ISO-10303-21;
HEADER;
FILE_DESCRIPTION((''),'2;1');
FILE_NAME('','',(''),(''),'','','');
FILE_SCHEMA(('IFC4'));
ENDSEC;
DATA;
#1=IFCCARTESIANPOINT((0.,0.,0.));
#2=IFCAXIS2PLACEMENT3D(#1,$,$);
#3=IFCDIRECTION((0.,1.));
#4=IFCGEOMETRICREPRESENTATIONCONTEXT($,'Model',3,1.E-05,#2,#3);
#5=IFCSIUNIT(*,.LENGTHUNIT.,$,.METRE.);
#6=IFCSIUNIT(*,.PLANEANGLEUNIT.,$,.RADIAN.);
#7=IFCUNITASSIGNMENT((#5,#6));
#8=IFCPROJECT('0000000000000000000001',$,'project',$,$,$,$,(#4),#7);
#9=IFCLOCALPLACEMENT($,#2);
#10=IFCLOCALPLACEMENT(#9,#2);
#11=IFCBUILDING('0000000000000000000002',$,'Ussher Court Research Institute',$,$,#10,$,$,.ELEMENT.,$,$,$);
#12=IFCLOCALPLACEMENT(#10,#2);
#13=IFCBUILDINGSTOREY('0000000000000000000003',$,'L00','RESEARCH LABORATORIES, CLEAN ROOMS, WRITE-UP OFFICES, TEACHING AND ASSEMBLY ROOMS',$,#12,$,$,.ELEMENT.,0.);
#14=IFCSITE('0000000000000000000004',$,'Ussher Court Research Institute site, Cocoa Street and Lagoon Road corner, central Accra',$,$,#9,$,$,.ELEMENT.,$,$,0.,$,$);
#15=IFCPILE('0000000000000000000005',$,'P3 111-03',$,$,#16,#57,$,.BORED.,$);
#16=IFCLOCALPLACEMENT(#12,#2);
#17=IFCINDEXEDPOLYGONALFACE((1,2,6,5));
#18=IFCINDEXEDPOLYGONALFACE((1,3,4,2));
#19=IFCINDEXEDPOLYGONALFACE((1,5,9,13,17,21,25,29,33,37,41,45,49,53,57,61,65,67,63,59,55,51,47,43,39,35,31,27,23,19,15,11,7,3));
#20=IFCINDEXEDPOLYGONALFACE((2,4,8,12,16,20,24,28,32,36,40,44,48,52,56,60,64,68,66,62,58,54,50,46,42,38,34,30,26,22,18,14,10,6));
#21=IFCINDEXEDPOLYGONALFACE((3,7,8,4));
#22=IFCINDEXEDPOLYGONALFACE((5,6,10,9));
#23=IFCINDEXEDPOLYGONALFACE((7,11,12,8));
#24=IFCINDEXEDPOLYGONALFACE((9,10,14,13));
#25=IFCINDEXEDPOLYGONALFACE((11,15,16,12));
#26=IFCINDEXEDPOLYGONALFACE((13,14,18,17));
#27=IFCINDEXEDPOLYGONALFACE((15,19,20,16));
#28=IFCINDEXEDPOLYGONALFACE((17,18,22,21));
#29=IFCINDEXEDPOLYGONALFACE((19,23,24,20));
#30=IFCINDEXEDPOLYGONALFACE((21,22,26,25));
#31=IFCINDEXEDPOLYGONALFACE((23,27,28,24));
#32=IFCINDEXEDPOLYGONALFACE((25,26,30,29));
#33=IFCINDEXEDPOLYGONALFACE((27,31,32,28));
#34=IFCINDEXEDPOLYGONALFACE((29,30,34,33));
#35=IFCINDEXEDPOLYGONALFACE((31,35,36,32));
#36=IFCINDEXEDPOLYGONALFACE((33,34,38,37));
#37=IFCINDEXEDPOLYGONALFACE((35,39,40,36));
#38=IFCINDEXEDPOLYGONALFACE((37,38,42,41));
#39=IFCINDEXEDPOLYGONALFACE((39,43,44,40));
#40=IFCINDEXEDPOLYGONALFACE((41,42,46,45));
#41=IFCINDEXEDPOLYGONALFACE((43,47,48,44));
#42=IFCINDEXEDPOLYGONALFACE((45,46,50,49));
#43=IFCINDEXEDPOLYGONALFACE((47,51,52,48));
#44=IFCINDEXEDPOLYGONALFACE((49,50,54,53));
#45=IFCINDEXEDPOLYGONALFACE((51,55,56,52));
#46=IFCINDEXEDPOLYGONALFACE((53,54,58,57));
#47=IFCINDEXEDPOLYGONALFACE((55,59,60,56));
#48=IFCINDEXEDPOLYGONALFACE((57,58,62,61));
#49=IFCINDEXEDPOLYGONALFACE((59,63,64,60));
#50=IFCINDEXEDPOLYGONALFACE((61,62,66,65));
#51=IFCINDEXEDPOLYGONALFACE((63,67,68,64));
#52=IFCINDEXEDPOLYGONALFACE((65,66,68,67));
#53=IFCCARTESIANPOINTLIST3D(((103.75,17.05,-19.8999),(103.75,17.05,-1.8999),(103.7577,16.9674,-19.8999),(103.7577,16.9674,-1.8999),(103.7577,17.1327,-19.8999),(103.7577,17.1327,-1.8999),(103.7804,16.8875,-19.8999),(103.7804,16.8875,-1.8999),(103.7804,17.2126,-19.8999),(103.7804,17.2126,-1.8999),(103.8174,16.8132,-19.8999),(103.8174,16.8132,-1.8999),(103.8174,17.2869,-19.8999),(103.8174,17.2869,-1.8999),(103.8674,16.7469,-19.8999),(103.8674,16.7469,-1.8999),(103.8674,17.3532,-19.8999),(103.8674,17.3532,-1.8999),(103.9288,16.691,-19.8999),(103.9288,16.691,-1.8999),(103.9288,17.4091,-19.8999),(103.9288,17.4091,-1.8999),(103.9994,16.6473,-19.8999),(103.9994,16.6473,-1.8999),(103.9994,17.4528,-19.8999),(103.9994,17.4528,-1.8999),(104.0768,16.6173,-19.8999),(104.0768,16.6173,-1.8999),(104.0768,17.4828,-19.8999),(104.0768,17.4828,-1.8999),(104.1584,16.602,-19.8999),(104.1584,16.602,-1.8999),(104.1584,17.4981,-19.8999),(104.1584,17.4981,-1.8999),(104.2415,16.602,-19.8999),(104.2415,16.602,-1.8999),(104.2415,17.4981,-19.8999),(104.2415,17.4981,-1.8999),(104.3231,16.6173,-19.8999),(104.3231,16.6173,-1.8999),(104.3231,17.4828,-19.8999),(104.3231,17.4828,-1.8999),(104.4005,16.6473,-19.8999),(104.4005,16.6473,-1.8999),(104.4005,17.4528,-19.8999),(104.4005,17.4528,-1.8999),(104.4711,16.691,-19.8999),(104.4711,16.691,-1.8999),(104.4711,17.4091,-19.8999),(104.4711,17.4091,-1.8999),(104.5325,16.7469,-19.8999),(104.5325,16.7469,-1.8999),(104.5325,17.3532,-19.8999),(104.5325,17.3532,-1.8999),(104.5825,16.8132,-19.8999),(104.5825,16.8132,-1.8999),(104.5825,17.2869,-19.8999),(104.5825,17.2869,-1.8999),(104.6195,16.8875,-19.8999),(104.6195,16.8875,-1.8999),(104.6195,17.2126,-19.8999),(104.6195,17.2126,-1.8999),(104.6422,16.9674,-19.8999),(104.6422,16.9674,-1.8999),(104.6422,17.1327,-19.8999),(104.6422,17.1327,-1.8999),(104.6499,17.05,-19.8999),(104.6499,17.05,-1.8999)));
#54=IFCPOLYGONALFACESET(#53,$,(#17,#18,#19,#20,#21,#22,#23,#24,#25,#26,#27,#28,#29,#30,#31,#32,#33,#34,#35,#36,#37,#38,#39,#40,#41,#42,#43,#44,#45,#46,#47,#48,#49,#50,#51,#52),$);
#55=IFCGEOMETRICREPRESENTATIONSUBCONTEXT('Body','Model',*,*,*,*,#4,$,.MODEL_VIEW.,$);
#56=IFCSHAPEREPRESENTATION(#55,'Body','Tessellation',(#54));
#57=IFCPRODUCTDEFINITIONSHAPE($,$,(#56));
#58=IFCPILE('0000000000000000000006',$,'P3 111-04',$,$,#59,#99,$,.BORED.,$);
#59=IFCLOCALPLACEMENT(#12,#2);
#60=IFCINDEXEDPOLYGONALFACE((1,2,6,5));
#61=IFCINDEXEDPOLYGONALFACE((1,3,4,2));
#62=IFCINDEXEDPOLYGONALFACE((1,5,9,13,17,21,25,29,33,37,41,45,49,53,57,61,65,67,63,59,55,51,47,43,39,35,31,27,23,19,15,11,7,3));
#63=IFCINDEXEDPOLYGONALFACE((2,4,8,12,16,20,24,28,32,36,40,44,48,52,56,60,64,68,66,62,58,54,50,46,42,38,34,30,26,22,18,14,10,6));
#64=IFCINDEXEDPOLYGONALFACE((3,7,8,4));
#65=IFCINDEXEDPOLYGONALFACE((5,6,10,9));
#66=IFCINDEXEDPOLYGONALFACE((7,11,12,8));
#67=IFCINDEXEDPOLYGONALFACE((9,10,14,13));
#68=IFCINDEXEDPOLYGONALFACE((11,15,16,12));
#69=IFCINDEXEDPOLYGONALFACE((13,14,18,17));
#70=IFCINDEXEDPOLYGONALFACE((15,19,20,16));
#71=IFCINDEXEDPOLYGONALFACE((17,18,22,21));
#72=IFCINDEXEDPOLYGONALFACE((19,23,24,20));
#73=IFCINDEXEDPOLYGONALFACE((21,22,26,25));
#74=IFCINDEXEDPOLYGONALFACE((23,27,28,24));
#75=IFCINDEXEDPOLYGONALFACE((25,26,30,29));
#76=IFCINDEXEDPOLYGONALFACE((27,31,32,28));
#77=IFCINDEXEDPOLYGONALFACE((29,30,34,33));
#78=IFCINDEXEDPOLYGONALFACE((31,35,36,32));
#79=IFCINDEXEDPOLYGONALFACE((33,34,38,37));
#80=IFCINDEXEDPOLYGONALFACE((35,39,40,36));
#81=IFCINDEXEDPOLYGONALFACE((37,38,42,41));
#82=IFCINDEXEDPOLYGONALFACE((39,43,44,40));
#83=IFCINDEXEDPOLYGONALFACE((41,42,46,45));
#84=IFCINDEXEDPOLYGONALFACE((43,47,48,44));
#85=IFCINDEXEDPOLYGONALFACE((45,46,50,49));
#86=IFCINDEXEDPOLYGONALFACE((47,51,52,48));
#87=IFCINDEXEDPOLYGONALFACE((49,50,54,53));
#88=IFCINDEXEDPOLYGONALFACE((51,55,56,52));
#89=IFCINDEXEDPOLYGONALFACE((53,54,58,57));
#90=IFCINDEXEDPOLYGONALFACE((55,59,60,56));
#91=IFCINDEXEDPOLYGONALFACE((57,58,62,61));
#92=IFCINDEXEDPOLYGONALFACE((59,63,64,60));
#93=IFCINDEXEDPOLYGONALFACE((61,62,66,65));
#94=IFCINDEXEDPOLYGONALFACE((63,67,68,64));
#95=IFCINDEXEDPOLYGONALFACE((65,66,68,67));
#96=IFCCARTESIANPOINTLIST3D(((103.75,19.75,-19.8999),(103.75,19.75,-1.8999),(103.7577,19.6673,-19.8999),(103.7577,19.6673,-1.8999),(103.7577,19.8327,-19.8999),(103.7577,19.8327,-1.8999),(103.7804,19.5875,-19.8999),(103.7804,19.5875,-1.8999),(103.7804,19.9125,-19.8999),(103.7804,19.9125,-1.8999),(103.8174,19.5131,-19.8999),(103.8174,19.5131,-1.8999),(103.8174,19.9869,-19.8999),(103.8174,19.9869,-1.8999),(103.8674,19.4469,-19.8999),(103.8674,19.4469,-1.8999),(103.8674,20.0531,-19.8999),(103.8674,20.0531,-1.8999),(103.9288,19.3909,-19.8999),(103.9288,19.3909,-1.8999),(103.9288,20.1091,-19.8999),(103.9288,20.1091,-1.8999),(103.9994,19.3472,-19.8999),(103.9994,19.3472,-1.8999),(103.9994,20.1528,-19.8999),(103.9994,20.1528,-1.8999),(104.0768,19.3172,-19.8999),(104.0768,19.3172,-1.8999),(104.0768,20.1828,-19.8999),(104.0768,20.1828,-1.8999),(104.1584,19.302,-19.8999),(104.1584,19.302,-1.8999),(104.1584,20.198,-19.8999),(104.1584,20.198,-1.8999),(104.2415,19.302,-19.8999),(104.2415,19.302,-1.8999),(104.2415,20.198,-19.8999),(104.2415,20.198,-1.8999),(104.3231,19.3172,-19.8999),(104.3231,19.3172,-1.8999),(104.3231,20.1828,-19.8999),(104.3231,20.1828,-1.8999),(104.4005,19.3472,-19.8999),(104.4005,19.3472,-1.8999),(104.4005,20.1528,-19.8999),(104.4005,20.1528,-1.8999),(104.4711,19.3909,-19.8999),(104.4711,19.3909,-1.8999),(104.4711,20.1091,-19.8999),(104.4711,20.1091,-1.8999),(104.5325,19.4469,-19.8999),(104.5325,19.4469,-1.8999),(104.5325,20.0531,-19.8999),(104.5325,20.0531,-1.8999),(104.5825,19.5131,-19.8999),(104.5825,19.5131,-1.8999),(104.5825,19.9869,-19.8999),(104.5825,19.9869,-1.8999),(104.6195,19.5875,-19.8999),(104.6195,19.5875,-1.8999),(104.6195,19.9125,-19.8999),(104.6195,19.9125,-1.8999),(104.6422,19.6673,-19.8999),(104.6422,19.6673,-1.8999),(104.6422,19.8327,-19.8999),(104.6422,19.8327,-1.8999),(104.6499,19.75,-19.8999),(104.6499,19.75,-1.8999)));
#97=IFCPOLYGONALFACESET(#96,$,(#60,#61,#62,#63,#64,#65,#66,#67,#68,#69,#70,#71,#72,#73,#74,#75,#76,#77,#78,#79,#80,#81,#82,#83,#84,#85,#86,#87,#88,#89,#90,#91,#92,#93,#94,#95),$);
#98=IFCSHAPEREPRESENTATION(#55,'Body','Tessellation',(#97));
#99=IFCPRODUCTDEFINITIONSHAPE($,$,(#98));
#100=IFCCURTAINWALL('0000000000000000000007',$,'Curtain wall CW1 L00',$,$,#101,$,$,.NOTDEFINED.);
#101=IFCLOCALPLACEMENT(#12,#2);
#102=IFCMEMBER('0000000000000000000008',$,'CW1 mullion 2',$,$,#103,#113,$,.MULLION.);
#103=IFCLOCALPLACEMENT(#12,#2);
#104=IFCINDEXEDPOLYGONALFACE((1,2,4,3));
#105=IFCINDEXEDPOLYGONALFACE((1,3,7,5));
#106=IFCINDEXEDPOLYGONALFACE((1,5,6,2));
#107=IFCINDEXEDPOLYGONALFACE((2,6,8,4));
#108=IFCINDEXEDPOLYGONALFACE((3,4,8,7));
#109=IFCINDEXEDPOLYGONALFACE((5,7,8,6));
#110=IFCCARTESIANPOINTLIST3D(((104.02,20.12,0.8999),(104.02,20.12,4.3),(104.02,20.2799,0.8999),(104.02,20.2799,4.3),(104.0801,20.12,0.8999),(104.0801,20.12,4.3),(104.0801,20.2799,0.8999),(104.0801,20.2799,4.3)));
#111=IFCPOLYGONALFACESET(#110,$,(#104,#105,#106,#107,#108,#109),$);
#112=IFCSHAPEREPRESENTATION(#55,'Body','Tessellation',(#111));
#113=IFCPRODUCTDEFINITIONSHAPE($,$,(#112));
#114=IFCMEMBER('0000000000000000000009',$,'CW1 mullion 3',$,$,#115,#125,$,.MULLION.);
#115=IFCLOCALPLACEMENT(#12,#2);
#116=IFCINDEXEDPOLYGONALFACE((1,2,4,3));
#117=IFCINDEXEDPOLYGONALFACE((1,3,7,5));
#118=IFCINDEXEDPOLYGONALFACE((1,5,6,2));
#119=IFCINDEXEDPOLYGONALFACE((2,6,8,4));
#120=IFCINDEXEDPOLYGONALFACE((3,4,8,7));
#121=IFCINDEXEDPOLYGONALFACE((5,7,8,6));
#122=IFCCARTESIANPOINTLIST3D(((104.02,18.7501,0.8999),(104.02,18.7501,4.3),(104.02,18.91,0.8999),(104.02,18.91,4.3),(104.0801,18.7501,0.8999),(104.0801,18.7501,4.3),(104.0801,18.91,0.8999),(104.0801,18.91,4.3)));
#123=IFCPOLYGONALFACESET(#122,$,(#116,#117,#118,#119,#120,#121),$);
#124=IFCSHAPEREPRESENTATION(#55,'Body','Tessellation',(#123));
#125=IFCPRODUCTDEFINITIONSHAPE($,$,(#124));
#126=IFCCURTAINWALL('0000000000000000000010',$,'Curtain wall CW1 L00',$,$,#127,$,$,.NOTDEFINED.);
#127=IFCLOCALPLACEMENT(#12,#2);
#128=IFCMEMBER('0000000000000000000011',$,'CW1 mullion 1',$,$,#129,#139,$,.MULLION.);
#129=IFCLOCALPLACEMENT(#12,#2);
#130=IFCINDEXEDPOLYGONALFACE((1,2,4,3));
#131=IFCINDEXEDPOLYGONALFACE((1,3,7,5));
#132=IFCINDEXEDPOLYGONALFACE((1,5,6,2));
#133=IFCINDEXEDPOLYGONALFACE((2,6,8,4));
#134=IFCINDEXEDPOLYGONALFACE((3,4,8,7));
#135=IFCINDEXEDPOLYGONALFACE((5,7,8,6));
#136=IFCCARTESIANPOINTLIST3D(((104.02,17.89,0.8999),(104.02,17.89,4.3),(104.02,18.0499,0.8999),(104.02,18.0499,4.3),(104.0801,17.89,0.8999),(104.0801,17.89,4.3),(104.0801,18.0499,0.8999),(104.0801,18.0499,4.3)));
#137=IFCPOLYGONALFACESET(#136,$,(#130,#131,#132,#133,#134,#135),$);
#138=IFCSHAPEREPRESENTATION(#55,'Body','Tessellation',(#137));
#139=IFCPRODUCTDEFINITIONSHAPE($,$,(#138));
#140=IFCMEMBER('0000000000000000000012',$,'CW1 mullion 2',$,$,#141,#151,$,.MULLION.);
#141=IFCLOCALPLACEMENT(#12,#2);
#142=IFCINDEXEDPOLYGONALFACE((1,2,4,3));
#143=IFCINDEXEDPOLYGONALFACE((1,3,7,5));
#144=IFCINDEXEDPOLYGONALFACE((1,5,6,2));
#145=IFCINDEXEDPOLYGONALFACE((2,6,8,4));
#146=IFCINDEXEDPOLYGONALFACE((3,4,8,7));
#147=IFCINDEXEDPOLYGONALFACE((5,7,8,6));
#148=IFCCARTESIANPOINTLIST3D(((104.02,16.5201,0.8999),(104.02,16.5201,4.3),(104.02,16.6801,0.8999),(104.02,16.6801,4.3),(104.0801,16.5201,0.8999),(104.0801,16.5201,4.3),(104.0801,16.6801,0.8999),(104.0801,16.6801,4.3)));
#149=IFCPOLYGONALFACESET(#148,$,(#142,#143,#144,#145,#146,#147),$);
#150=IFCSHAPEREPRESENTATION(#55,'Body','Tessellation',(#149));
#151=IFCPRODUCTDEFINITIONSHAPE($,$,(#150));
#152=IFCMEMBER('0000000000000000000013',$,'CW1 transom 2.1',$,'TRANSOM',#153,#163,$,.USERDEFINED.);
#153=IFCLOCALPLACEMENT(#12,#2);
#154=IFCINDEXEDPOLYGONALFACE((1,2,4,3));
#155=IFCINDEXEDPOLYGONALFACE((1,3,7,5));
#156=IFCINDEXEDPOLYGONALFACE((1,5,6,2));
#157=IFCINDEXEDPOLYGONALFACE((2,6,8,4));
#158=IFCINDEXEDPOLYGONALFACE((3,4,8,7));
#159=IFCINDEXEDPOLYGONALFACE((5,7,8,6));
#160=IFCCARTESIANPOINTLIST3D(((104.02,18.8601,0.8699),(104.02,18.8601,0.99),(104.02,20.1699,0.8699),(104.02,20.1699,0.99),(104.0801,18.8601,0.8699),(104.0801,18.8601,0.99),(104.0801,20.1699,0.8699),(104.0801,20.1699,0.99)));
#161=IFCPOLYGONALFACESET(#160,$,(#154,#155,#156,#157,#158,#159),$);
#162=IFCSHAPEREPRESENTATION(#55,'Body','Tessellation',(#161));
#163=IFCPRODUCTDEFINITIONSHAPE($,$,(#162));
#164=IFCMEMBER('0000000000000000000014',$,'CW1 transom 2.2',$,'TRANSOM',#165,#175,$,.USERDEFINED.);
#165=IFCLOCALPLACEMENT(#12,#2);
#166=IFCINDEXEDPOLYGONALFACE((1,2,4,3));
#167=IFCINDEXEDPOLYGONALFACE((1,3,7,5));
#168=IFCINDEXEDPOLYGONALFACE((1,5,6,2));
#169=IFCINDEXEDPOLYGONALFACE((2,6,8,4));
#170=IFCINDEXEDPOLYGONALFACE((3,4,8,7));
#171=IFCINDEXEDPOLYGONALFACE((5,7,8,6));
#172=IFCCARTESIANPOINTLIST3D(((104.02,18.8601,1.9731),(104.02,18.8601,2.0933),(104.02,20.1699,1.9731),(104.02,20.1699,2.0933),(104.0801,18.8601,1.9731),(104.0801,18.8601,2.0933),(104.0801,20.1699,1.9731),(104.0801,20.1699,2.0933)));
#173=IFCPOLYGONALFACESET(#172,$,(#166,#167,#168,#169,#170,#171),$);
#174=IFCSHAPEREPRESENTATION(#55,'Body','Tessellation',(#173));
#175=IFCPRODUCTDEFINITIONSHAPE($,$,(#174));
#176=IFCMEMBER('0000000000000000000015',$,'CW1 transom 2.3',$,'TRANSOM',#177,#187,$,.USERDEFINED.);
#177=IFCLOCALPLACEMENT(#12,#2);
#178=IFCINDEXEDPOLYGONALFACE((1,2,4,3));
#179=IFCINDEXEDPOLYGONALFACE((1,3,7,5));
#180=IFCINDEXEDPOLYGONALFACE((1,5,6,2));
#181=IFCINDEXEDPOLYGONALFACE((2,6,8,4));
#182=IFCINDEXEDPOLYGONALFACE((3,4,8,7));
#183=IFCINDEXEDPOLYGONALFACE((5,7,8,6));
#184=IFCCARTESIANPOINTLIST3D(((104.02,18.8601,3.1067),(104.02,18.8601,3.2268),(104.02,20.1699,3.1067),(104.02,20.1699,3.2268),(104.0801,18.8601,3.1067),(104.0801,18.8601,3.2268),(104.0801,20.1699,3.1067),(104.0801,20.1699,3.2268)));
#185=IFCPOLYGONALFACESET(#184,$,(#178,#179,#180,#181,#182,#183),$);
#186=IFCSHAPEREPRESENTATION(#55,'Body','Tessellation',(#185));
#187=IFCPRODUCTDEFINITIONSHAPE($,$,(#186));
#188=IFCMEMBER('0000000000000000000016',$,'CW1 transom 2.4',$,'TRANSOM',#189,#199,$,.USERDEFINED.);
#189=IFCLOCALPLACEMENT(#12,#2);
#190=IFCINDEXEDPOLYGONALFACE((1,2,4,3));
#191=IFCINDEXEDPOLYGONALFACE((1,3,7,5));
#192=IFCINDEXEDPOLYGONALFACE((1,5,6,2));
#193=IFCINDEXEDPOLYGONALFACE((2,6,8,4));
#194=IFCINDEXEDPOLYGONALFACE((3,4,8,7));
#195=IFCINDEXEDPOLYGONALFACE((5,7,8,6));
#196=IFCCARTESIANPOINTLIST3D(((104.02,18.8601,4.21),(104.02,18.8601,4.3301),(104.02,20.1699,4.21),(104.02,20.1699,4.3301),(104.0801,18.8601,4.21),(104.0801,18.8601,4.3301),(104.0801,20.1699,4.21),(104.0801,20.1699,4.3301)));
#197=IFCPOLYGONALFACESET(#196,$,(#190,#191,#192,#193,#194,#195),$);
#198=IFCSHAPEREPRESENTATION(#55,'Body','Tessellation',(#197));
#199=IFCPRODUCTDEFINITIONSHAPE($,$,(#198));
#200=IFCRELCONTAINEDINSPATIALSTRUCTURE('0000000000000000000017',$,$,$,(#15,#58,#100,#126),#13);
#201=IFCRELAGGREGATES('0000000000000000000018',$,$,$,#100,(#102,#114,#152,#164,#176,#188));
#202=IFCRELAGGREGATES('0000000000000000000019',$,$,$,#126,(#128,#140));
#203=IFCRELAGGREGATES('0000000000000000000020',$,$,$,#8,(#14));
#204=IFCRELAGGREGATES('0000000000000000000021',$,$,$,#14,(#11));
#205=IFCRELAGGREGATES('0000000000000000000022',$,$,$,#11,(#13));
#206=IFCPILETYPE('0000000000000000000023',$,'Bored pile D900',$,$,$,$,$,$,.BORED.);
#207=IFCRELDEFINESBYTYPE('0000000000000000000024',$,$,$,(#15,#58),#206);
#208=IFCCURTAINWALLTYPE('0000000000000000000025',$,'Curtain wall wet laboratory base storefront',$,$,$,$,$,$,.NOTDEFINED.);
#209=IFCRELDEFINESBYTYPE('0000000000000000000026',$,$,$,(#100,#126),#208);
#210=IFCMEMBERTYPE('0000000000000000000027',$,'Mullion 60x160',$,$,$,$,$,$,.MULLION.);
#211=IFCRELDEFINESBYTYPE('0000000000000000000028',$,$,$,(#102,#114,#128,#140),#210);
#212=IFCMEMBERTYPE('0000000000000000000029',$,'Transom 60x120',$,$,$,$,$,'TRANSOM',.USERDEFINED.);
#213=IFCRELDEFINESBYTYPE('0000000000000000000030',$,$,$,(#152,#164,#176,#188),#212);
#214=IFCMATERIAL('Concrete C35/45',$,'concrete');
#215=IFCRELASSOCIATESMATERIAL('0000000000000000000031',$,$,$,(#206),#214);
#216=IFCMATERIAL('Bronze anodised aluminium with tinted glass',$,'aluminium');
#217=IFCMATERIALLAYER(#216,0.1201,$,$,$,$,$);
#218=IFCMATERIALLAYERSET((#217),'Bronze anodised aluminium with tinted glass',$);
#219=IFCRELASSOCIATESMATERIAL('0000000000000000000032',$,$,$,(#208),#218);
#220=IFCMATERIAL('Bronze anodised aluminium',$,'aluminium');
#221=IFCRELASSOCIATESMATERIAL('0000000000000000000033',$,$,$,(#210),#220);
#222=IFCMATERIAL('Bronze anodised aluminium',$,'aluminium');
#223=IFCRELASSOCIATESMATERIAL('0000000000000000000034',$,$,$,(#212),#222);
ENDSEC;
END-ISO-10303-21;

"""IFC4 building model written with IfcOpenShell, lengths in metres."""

from ifc_helpers import new_model, si_unit, direction, frame, origin, origin_2d, place, context, subcontext, project, spatial, rectangle, circle, extrude, material, layer, layer_set, material_profile, profile_set, type_object, element, aggregate, save


model = new_model("IFC4")

# Units and contexts
model_context = context("Model", 3, precision=1e-05, world=origin(), true_north=direction((0.0, 1.0)))
body_context = subcontext(model_context, "Body", "Model", "MODEL_VIEW")
ifc_project = project(units=[si_unit("LENGTHUNIT", "METRE"), si_unit("PLANEANGLEUNIT", "RADIAN")], contexts=[model_context])

# Site, building, storey
site_placement = place(None, origin())
site = spatial("IfcSite", under=ifc_project, at=site_placement, Name="Ussher Court Research Institute site, Cocoa Street and Lagoon Road corner, central Accra", CompositionType="ELEMENT", RefElevation=0.0)
building_placement = place(site_placement, origin())
building = spatial("IfcBuilding", under=site, at=building_placement, Name="Ussher Court Research Institute", CompositionType="ELEMENT")
storey_placement = place(building_placement, origin())
storey = spatial("IfcBuildingStorey", under=building, at=storey_placement, Name="L00", Description="RESEARCH LABORATORIES, CLEAN ROOMS, WRITE-UP OFFICES, TEACHING AND ASSEMBLY ROOMS", CompositionType="ELEMENT", Elevation=0.0)

# Piles
ifc_material_1 = material(Name="Concrete C35/45", Category="concrete")
ifc_material_profile_1 = material_profile(ifc_material_1, circle(Radius=0.45, at=origin_2d()), Name="RC D900")
ifc_profile_set_1 = profile_set([ifc_material_profile_1], Name="Concrete C35/45")
pile_type = type_object("IfcPileType", Name="Bored pile D900", PredefinedType="BORED", material=ifc_profile_set_1)
for number, where, z_axis, x_axis, name in (
    (1, (104.2, 17.05, -1.8999), (0.0, 0.0, -1.0), (1.0, 0.0, 0.0), "P3 111-03"),
    (2, (104.2, 19.75, -1.8999), (0.0, 0.0, -1.0), (1.0, 0.0, 0.0), "P3 111-04"),
):
    element("IfcPile", number, at=place(storey_placement, frame(where, z_axis=z_axis, x_axis=x_axis)), inside=storey, type_object=pile_type, Name=name, PredefinedType="BORED", context=body_context, shape_type="SweptSolid", body=[
        extrude(circle(Radius=0.45, at=origin_2d()), origin(), (0.0, 0.0, 1.0), 18.0),
    ])

# Curtain walls, members
ifc_material_2 = material(Name="Bronze anodised aluminium with tinted glass", Category="aluminium")
ifc_layer_1 = layer(ifc_material_2, 0.1201)
ifc_layer_set_1 = layer_set([ifc_layer_1], Name="Bronze anodised aluminium with tinted glass")
curtain_wall_type = type_object("IfcCurtainWallType", Name="Curtain wall wet laboratory base storefront", PredefinedType="NOTDEFINED", material=ifc_layer_set_1)
curtain_wall_1_placement = place(storey_placement, origin())
curtain_wall_1 = element("IfcCurtainWall", 3, at=curtain_wall_1_placement, inside=storey, type_object=curtain_wall_type, Name="Curtain wall CW1 L00", PredefinedType="NOTDEFINED")
ifc_material_3 = material(Name="Bronze anodised aluminium", Category="aluminium")
ifc_material_profile_2 = material_profile(ifc_material_3, rectangle(XDim=0.0601, YDim=0.1599, at=origin_2d()), Name="Mullion 60x160")
ifc_profile_set_2 = profile_set([ifc_material_profile_2], Name="Bronze anodised aluminium")
member_type_1 = type_object("IfcMemberType", Name="Mullion 60x160", PredefinedType="MULLION", material=ifc_profile_set_2)
member_1_placement = place(storey_placement, frame((104.05, 20.2, 0.8999), z_axis=(0.0, 0.0, 1.0), x_axis=(1.0, 0.0, 0.0)))
member_1 = element("IfcMember", 4, at=member_1_placement, type_object=member_type_1, Name="CW1 mullion 2", PredefinedType="MULLION", context=body_context, shape_type="SweptSolid", body=[
    extrude(rectangle(XDim=0.0601, YDim=0.1599, at=origin_2d()), origin(), (0.0, 0.0, 1.0), 3.4001),
])
member_2_placement = place(storey_placement, frame((104.05, 18.8301, 0.8999), z_axis=(0.0, 0.0, 1.0), x_axis=(1.0, 0.0, 0.0)))
member_2 = element("IfcMember", 5, at=member_2_placement, type_object=member_type_1, Name="CW1 mullion 3", PredefinedType="MULLION", context=body_context, shape_type="SweptSolid", body=[
    extrude(rectangle(XDim=0.0601, YDim=0.1599, at=origin_2d()), origin(), (0.0, 0.0, 1.0), 3.4001),
])
curtain_wall_2_placement = place(storey_placement, origin())
curtain_wall_2 = element("IfcCurtainWall", 6, at=curtain_wall_2_placement, inside=storey, type_object=curtain_wall_type, Name="Curtain wall CW1 L00", PredefinedType="NOTDEFINED")
member_3_placement = place(storey_placement, frame((104.05, 17.97, 0.8999), z_axis=(0.0, 0.0, 1.0), x_axis=(1.0, 0.0, 0.0)))
member_3 = element("IfcMember", 7, at=member_3_placement, type_object=member_type_1, Name="CW1 mullion 1", PredefinedType="MULLION", context=body_context, shape_type="SweptSolid", body=[
    extrude(rectangle(XDim=0.0601, YDim=0.1599, at=origin_2d()), origin(), (0.0, 0.0, 1.0), 3.4001),
])
member_4_placement = place(storey_placement, frame((104.05, 16.6001, 0.8999), z_axis=(0.0, 0.0, 1.0), x_axis=(1.0, 0.0, 0.0)))
member_4 = element("IfcMember", 8, at=member_4_placement, type_object=member_type_1, Name="CW1 mullion 2", PredefinedType="MULLION", context=body_context, shape_type="SweptSolid", body=[
    extrude(rectangle(XDim=0.0601, YDim=0.1599, at=origin_2d()), origin(), (0.0, 0.0, 1.0), 3.4001),
])

# Members
ifc_material_4 = material(Name="Bronze anodised aluminium", Category="aluminium")
ifc_material_profile_3 = material_profile(ifc_material_4, rectangle(XDim=0.0601, YDim=0.1201, at=origin_2d()), Name="Transom 60x120")
ifc_profile_set_3 = profile_set([ifc_material_profile_3], Name="Bronze anodised aluminium")
member_type_2 = type_object("IfcMemberType", Name="Transom 60x120", ElementType="TRANSOM", PredefinedType="USERDEFINED", material=ifc_profile_set_3)
member_5_placement = place(storey_placement, frame((104.05, 20.1699, 0.9299), z_axis=(0.0, -1.0, 0.0), x_axis=(1.0, 0.0, 0.0)))
member_5 = element("IfcMember", 9, at=member_5_placement, type_object=member_type_2, Name="CW1 transom 2.1", ObjectType="TRANSOM", PredefinedType="USERDEFINED", context=body_context, shape_type="SweptSolid", body=[
    extrude(rectangle(XDim=0.0601, YDim=0.1201, at=origin_2d()), origin(), (0.0, 0.0, 1.0), 1.3098),
])
member_6_placement = place(storey_placement, frame((104.05, 20.1699, 2.0332), z_axis=(0.0, -1.0, 0.0), x_axis=(1.0, 0.0, 0.0)))
member_6 = element("IfcMember", 10, at=member_6_placement, type_object=member_type_2, Name="CW1 transom 2.2", ObjectType="TRANSOM", PredefinedType="USERDEFINED", context=body_context, shape_type="SweptSolid", body=[
    extrude(rectangle(XDim=0.0601, YDim=0.1201, at=origin_2d()), origin(), (0.0, 0.0, 1.0), 1.3098),
])
member_7_placement = place(storey_placement, frame((104.05, 20.1699, 3.1667), z_axis=(0.0, -1.0, 0.0), x_axis=(1.0, 0.0, 0.0)))
member_7 = element("IfcMember", 11, at=member_7_placement, type_object=member_type_2, Name="CW1 transom 2.3", ObjectType="TRANSOM", PredefinedType="USERDEFINED", context=body_context, shape_type="SweptSolid", body=[
    extrude(rectangle(XDim=0.0601, YDim=0.1201, at=origin_2d()), origin(), (0.0, 0.0, 1.0), 1.3098),
])
member_8_placement = place(storey_placement, frame((104.05, 20.1699, 4.27), z_axis=(0.0, -1.0, 0.0), x_axis=(1.0, 0.0, 0.0)))
member_8 = element("IfcMember", 12, at=member_8_placement, type_object=member_type_2, Name="CW1 transom 2.4", ObjectType="TRANSOM", PredefinedType="USERDEFINED", context=body_context, shape_type="SweptSolid", body=[
    extrude(rectangle(XDim=0.0601, YDim=0.1201, at=origin_2d()), origin(), (0.0, 0.0, 1.0), 1.3098),
])

aggregate(curtain_wall_1, [member_1, member_2, member_5, member_6, member_7, member_8])
aggregate(curtain_wall_2, [member_3, member_4])

save(model, "model.ifc")
